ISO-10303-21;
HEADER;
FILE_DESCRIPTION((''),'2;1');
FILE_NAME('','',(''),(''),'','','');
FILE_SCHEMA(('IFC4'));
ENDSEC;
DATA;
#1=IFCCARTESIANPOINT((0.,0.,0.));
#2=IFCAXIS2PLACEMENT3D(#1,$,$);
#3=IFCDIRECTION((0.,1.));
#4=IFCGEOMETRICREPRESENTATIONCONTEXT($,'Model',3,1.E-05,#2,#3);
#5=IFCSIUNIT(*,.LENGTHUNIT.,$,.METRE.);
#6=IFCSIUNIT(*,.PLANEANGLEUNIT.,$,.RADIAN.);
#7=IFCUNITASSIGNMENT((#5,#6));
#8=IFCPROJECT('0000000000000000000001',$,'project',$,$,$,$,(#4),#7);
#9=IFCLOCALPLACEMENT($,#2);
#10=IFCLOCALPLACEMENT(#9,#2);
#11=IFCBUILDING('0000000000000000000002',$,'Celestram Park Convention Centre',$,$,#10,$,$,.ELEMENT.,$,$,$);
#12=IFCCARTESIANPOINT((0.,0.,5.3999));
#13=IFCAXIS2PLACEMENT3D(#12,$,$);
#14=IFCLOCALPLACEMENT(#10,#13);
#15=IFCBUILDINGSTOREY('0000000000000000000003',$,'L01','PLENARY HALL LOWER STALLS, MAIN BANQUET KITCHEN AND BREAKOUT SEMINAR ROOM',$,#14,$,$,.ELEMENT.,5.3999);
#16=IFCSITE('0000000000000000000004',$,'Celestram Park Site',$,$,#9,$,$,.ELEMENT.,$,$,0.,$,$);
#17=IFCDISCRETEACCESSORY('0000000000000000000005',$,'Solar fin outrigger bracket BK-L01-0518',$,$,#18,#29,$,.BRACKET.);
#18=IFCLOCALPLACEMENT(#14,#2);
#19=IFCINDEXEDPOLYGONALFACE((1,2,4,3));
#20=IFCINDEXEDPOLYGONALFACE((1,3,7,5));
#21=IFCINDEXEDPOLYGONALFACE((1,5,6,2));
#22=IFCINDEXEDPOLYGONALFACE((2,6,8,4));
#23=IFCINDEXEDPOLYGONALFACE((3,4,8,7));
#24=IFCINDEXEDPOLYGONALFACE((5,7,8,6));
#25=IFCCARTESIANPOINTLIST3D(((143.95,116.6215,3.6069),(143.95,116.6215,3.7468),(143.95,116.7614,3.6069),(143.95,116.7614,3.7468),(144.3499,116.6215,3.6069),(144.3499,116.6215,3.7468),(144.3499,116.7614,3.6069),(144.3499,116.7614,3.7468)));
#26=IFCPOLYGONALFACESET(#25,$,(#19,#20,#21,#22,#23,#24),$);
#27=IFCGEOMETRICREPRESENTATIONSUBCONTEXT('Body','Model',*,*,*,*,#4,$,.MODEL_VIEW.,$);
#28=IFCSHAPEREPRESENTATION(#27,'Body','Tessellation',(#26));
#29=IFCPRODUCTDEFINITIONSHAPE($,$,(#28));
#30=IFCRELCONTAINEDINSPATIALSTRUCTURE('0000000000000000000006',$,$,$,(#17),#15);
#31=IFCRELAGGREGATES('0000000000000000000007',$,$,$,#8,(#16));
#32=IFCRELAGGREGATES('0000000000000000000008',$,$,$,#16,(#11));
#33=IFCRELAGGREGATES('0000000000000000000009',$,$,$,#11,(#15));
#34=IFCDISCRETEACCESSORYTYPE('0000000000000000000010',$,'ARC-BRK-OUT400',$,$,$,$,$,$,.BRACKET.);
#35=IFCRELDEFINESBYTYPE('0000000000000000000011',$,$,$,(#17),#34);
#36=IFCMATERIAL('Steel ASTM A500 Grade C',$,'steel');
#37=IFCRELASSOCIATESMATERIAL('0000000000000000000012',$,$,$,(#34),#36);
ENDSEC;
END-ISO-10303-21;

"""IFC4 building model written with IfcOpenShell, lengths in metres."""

from ifc_helpers import new_model, si_unit, direction, frame, origin, origin_2d, place, context, subcontext, project, spatial, rectangle, extrude, material, type_object, element, save


model = new_model("IFC4")

# Units and contexts
model_context = context("Model", 3, precision=1e-05, world=origin(), true_north=direction((0.0, 1.0)))
body_context = subcontext(model_context, "Body", "Model", "MODEL_VIEW")
ifc_project = project(units=[si_unit("LENGTHUNIT", "METRE"), si_unit("PLANEANGLEUNIT", "RADIAN")], contexts=[model_context])

# Site, building, storey
site_placement = place(None, origin())
site = spatial("IfcSite", under=ifc_project, at=site_placement, Name="Celestram Park Site", CompositionType="ELEMENT", RefElevation=0.0)
building_placement = place(site_placement, origin())
building = spatial("IfcBuilding", under=site, at=building_placement, Name="Celestram Park Convention Centre", CompositionType="ELEMENT")
storey_placement = place(building_placement, frame((0.0, 0.0, 5.3999)))
storey = spatial("IfcBuildingStorey", under=building, at=storey_placement, Name="L01", Description="PLENARY HALL LOWER STALLS, MAIN BANQUET KITCHEN AND BREAKOUT SEMINAR ROOM", CompositionType="ELEMENT", Elevation=5.3999)

# Discrete accessory
ifc_material_1 = material(Name="Steel ASTM A500 Grade C", Category="steel")
discrete_accessory_type = type_object("IfcDiscreteAccessoryType", Name="ARC-BRK-OUT400", PredefinedType="BRACKET", material=ifc_material_1)
for number, where, z_axis, x_axis, name in (
    (1, (144.1499, 116.6914, 3.6069), (0.0, 0.0, 1.0), (1.0, 0.0, 0.0), "Solar fin outrigger bracket BK-L01-0518"),
):
    element("IfcDiscreteAccessory", number, at=place(storey_placement, frame(where, z_axis=z_axis, x_axis=x_axis)), inside=storey, type_object=discrete_accessory_type, Name=name, PredefinedType="BRACKET", context=body_context, shape_type="SweptSolid", body=[
        extrude(rectangle(XDim=0.3999, YDim=0.1399, at=origin_2d()), origin(), (0.0, 0.0, 1.0), 0.1399),
    ])

save(model, "model.ifc")
